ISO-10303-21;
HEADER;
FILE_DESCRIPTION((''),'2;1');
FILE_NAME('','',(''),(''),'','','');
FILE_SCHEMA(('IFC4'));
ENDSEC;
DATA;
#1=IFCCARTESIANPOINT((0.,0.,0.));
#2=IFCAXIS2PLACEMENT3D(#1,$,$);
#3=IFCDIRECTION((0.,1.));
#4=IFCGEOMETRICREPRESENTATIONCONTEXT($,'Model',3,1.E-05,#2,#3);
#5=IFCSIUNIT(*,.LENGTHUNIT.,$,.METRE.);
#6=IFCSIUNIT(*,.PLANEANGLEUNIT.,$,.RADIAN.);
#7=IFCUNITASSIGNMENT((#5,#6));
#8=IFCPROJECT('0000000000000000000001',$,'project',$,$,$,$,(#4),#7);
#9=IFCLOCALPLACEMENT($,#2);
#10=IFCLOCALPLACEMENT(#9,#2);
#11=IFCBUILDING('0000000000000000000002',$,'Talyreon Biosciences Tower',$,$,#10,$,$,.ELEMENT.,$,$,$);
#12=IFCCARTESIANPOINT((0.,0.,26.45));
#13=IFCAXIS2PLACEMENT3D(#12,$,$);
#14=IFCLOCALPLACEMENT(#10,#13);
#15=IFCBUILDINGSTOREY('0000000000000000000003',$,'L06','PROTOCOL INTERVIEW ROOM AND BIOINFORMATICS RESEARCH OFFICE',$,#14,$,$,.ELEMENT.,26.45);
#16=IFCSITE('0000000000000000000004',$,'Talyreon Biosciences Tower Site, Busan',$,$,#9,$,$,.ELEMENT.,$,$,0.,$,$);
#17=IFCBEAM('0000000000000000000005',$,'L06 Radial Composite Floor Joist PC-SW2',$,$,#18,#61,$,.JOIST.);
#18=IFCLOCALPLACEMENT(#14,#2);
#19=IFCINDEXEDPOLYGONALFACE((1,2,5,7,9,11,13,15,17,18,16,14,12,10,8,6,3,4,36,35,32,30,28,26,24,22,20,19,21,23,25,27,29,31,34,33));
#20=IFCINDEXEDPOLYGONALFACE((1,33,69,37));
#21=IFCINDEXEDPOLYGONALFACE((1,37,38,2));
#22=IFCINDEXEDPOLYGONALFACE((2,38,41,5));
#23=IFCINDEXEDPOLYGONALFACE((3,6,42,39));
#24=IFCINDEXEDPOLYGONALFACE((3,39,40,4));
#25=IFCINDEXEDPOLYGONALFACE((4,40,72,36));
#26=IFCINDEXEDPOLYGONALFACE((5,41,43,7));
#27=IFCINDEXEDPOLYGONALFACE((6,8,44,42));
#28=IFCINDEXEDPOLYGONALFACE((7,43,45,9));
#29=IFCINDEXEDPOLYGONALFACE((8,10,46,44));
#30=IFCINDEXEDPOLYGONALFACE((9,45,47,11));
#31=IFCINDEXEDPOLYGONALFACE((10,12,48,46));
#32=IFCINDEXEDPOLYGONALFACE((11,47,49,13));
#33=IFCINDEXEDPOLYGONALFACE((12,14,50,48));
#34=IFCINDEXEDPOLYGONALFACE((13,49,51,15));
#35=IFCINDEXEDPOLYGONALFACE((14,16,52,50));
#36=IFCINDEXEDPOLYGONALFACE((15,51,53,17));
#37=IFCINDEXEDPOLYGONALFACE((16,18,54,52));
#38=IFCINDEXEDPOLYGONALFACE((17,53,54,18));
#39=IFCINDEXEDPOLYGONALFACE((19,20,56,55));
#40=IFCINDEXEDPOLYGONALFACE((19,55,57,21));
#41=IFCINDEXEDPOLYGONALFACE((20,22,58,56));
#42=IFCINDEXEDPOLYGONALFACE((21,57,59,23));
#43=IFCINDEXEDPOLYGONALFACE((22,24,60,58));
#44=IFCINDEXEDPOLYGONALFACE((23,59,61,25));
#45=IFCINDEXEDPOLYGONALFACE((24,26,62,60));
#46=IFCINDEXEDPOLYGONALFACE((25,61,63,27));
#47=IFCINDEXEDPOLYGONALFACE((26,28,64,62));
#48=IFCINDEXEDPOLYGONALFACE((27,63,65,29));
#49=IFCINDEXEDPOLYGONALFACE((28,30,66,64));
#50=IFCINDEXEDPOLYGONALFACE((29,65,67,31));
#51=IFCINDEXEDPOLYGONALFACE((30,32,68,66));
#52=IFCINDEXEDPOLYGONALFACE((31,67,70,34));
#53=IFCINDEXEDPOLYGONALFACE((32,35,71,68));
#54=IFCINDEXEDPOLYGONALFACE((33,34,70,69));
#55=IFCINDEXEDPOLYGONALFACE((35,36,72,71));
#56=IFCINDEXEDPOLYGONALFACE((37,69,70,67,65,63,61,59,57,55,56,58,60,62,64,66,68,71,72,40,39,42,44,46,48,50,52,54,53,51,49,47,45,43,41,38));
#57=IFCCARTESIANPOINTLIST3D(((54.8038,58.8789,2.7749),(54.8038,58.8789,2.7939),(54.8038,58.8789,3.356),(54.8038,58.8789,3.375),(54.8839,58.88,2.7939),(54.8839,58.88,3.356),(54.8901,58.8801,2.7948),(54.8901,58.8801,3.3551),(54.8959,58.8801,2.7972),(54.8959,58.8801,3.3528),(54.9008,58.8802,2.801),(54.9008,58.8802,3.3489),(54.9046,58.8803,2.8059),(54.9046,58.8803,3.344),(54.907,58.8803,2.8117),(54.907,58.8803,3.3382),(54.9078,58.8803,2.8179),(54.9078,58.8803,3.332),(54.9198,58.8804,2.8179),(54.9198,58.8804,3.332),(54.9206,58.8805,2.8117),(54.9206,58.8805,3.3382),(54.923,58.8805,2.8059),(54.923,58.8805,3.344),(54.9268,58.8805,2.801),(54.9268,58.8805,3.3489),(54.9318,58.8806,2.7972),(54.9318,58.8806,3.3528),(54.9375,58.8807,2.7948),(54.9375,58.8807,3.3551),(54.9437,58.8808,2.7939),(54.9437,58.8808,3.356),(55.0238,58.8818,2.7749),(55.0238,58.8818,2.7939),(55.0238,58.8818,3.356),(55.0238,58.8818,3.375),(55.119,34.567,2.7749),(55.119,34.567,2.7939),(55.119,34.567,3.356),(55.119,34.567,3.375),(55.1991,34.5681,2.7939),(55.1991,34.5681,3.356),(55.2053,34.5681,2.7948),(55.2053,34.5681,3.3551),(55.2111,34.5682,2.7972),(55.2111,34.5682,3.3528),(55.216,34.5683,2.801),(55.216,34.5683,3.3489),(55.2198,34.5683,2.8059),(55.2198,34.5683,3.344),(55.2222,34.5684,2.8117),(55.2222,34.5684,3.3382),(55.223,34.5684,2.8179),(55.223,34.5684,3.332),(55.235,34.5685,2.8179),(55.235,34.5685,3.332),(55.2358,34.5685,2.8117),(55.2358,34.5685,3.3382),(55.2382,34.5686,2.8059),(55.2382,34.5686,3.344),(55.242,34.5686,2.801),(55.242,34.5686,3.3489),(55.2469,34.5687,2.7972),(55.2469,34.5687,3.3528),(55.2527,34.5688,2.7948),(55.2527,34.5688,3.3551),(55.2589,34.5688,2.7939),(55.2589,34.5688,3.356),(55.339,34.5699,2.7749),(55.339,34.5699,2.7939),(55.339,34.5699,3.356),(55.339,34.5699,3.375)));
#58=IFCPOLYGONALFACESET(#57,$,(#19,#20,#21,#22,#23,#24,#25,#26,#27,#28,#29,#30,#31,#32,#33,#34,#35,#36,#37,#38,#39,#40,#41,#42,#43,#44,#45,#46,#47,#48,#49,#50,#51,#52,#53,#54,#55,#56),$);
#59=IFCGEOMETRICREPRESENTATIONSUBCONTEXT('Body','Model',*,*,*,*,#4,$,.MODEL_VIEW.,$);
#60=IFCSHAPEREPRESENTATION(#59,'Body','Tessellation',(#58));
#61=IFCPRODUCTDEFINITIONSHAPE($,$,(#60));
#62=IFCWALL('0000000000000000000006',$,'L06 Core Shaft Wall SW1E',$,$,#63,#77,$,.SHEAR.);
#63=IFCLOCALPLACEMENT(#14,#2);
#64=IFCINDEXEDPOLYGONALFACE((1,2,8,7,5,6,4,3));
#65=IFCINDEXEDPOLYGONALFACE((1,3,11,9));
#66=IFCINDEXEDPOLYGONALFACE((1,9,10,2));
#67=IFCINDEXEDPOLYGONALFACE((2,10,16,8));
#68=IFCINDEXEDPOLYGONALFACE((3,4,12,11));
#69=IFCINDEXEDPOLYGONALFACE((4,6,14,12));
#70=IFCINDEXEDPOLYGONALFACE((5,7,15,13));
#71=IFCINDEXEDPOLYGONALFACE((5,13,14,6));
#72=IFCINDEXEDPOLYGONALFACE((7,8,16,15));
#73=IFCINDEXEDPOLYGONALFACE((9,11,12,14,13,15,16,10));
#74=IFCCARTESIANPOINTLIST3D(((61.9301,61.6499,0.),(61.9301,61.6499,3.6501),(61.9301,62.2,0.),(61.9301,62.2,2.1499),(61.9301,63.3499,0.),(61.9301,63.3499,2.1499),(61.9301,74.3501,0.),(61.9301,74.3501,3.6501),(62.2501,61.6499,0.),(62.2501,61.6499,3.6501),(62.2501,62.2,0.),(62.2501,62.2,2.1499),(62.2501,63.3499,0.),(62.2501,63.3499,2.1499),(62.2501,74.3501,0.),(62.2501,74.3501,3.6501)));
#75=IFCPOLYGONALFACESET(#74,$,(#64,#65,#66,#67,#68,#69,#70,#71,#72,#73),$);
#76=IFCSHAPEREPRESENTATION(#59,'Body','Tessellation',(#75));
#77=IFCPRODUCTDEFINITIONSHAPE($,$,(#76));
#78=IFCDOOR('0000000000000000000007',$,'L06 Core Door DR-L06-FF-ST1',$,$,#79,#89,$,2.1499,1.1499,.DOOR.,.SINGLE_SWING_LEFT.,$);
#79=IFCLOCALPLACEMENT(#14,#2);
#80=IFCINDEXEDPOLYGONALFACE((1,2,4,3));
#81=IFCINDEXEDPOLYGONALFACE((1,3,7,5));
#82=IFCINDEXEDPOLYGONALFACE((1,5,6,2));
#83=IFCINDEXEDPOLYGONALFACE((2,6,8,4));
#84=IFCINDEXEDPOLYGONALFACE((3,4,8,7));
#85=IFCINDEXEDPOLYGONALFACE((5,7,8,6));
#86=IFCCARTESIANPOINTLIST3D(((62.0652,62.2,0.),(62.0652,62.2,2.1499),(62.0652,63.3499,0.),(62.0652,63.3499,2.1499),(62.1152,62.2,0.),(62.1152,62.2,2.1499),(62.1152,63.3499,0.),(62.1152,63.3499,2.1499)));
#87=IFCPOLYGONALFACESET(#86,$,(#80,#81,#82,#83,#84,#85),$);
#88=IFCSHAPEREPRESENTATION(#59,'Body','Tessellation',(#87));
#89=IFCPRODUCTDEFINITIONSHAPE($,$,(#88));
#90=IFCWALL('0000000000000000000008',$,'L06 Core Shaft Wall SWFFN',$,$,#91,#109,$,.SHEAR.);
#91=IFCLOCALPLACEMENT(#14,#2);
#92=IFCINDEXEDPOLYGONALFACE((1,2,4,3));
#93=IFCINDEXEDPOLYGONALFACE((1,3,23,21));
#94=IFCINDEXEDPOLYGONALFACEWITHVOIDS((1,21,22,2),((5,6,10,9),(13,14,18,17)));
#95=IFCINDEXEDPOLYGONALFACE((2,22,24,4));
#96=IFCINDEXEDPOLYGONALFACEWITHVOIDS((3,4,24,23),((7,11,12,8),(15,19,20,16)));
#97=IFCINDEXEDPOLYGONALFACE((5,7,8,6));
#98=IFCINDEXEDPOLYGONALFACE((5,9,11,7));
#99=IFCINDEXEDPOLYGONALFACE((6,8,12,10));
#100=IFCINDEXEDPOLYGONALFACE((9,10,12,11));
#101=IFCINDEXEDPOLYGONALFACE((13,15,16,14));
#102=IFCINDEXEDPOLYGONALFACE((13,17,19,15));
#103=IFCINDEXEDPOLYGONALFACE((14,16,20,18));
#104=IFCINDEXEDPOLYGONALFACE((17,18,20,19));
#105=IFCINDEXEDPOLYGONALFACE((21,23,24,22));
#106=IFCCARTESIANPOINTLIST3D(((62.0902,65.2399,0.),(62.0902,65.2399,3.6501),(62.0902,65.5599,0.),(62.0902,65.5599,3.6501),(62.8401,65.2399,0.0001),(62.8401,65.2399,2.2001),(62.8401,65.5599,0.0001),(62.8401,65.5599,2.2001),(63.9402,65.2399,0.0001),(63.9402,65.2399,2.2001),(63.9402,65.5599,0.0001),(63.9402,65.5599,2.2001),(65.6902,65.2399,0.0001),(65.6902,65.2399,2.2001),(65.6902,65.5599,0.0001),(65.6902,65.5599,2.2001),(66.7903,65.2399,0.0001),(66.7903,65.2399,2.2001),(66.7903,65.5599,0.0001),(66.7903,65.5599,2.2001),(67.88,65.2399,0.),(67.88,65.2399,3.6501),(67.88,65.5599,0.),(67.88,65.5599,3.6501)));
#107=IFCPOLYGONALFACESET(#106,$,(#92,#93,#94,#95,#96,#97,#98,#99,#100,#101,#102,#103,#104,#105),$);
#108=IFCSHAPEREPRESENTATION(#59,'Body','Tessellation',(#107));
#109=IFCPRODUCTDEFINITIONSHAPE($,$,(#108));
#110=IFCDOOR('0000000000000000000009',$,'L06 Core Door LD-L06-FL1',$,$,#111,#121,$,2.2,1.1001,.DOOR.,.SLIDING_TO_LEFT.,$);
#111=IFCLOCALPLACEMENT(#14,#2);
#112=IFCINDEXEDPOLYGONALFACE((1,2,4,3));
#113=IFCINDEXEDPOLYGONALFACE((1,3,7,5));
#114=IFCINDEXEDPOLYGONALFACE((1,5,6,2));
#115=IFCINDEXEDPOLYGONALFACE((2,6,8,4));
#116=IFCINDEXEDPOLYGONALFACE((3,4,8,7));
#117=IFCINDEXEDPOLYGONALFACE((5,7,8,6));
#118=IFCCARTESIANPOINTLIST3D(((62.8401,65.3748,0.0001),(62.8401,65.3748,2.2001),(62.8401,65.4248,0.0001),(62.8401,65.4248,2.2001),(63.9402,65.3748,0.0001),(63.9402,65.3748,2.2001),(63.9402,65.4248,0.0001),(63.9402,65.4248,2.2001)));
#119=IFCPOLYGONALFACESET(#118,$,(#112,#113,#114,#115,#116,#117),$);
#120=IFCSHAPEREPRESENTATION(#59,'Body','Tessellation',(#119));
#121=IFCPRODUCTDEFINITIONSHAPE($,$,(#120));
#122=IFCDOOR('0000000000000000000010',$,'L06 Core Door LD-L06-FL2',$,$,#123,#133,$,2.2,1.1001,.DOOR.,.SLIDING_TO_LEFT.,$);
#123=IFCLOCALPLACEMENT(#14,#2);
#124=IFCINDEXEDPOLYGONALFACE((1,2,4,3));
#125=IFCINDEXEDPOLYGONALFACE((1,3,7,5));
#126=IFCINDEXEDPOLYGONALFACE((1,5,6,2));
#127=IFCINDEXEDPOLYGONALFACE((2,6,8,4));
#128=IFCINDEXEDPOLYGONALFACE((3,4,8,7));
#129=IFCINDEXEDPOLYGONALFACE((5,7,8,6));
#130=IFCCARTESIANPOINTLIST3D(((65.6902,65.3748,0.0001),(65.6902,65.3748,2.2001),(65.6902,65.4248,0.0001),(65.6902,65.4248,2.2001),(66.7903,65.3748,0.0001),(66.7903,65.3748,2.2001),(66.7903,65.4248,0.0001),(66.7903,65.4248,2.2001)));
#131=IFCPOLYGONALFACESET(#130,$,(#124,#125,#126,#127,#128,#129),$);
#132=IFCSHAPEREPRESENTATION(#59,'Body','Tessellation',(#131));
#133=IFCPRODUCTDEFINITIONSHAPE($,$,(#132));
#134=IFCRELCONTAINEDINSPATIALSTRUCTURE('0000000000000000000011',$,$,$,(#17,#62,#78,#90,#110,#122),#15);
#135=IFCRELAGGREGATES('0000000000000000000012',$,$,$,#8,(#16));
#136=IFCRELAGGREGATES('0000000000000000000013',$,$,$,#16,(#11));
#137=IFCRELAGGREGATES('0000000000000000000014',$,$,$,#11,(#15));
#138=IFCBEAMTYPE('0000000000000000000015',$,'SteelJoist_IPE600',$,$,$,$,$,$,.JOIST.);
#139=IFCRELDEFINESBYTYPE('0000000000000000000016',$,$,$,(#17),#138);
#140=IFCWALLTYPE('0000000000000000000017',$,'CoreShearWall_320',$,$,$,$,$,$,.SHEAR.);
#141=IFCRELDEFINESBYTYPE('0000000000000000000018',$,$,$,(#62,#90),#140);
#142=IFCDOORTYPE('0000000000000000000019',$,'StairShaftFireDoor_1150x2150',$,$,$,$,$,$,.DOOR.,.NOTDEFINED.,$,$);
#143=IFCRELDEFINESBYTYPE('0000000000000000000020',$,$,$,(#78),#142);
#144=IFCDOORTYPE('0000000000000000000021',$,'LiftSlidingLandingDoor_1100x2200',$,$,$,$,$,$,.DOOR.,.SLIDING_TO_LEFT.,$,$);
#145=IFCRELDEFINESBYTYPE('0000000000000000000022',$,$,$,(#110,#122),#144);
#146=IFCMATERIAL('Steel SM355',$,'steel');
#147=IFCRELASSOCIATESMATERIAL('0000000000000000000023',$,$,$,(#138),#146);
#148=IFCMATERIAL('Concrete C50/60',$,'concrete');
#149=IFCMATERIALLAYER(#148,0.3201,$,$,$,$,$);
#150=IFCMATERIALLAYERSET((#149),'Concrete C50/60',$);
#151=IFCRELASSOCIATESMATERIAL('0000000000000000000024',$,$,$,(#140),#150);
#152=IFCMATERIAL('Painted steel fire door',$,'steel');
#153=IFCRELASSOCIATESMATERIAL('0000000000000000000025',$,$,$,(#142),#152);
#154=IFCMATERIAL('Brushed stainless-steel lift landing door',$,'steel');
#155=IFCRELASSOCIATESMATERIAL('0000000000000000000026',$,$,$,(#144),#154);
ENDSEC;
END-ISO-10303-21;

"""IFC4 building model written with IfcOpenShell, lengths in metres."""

from ifc_helpers import new_model, si_unit, direction, frame, frame_2d, origin, origin_2d, place, context, subcontext, project, spatial, rectangle, i_section, extrude, material, layer, layer_set, material_profile, profile_set, type_object, element, fill, save


model = new_model("IFC4")

# Units and contexts
model_context = context("Model", 3, precision=1e-05, world=origin(), true_north=direction((0.0, 1.0)))
body_context = subcontext(model_context, "Body", "Model", "MODEL_VIEW")
ifc_project = project(units=[si_unit("LENGTHUNIT", "METRE"), si_unit("PLANEANGLEUNIT", "RADIAN")], contexts=[model_context])

# Site, building, storey
site_placement = place(None, origin())
site = spatial("IfcSite", under=ifc_project, at=site_placement, Name="Talyreon Biosciences Tower Site, Busan", CompositionType="ELEMENT", RefElevation=0.0)
building_placement = place(site_placement, origin())
building = spatial("IfcBuilding", under=site, at=building_placement, Name="Talyreon Biosciences Tower", CompositionType="ELEMENT")
storey_placement = place(building_placement, frame((0.0, 0.0, 26.45)))
storey = spatial("IfcBuildingStorey", under=building, at=storey_placement, Name="L06", Description="PROTOCOL INTERVIEW ROOM AND BIOINFORMATICS RESEARCH OFFICE", CompositionType="ELEMENT", Elevation=26.45)

# Beam
ifc_material_1 = material(Name="Steel SM355", Category="steel")
ifc_material_profile_1 = material_profile(ifc_material_1, i_section(OverallWidth=0.22, OverallDepth=0.6001, WebThickness=0.012, FlangeThickness=0.019, FilletRadius=0.0239, at=origin_2d()), Name="IPE600")
ifc_profile_set_1 = profile_set([ifc_material_profile_1], Name="Steel SM355")
beam_type_1 = type_object("IfcBeamType", Name="SteelJoist_IPE600", PredefinedType="JOIST", material=ifc_profile_set_1)
beam_1_placement = place(storey_placement, frame((54.9138, 58.8804, 3.075), z_axis=(0.012963, -0.999916, 0.0), x_axis=(0.999916, 0.012963, 0.0)))
element("IfcBeam", 1, at=beam_1_placement, inside=storey, type_object=beam_type_1, Name="L06 Radial Composite Floor Joist PC-SW2", PredefinedType="JOIST", context=body_context, shape_type="SweptSolid", body=[
    extrude(i_section(OverallWidth=0.22, OverallDepth=0.6001, WebThickness=0.012, FlangeThickness=0.019, FilletRadius=0.0239, at=origin_2d()), origin(), (0.0, 0.0, 1.0), 24.314),
])

# Wall, opening, door
ifc_material_2 = material(Name="Concrete C50/60", Category="concrete")
ifc_layer_1 = layer(ifc_material_2, 0.3201)
ifc_layer_set_1 = layer_set([ifc_layer_1], Name="Concrete C50/60")
wall_type_1 = type_object("IfcWallType", Name="CoreShearWall_320", PredefinedType="SHEAR", material=ifc_layer_set_1)
wall_1_placement = place(storey_placement, frame((62.0901, 61.6499, 0.0), z_axis=(0.0, 0.0, 1.0), x_axis=(0.0, 1.0, 0.0)))
wall_1 = element("IfcWall", 2, at=wall_1_placement, inside=storey, type_object=wall_type_1, Name="L06 Core Shaft Wall SW1E", PredefinedType="SHEAR", context=body_context, shape_type="SweptSolid", body=[
    extrude(rectangle(XDim=12.7002, YDim=0.3201, at=frame_2d((6.3501, 0.0))), origin(), (0.0, 0.0, 1.0), 3.6501),
])
opening_1_placement = place(wall_1_placement, frame((0.55, 0.0, 0.0)))
opening_1 = element("IfcOpeningElement", 3, at=opening_1_placement, cuts=wall_1, PredefinedType="OPENING", context=body_context, shape_type="SweptSolid", body=[
    extrude(rectangle(XDim=1.1499, YDim=2.1499, at=frame_2d((0.575, 1.075))), frame((0.0, 0.1699, 0.0), z_axis=(0.0, -1.0, 0.0), x_axis=(1.0, 0.0, 0.0)), (0.0, 0.0, 1.0), 0.3401),
])
ifc_material_3 = material(Name="Painted steel fire door", Category="steel")
door_type_1 = type_object("IfcDoorType", Name="StairShaftFireDoor_1150x2150", OperationType="NOTDEFINED", PredefinedType="DOOR", material=ifc_material_3)
door_1_placement = place(opening_1_placement, origin())
door_1 = element("IfcDoor", 4, at=door_1_placement, inside=storey, type_object=door_type_1, Name="L06 Core Door DR-L06-FF-ST1", OperationType="SINGLE_SWING_LEFT", OverallHeight=2.1499, OverallWidth=1.1499, PredefinedType="DOOR", context=body_context, shape_type="SweptSolid", body=[
    extrude(rectangle(XDim=1.1499, YDim=2.1499, at=frame_2d((0.575, 1.075))), frame((0.0, 0.0249, 0.0), z_axis=(0.0, -1.0, 0.0), x_axis=(1.0, 0.0, 0.0)), (0.0, 0.0, 1.0), 0.05),
])
fill(opening_1, door_1)

# Wall, openings, doors
wall_2_placement = place(storey_placement, frame((62.0901, 65.3999, 0.0), z_axis=(0.0, 0.0, 1.0), x_axis=(1.0, 0.0, 0.0)))
wall_2 = element("IfcWall", 5, at=wall_2_placement, inside=storey, type_object=wall_type_1, Name="L06 Core Shaft Wall SWFFN", PredefinedType="SHEAR", context=body_context, shape_type="SweptSolid", body=[
    extrude(rectangle(XDim=5.7898, YDim=0.3201, at=frame_2d((2.895, 0.0))), origin(), (0.0, 0.0, 1.0), 3.6501),
])
opening_2_placement = place(wall_2_placement, frame((0.75, 0.0, 0.0)))
opening_2 = element("IfcOpeningElement", 6, at=opening_2_placement, cuts=wall_2, PredefinedType="OPENING", context=body_context, shape_type="SweptSolid", body=[
    extrude(rectangle(XDim=1.1001, YDim=2.2, at=frame_2d((0.55, 1.1001))), frame((0.0, 0.1699, 0.0), z_axis=(0.0, -1.0, 0.0), x_axis=(1.0, 0.0, 0.0)), (0.0, 0.0, 1.0), 0.3401),
])
opening_3_placement = place(wall_2_placement, frame((3.6001, 0.0, 0.0)))
opening_3 = element("IfcOpeningElement", 7, at=opening_3_placement, cuts=wall_2, PredefinedType="OPENING", context=body_context, shape_type="SweptSolid", body=[
    extrude(rectangle(XDim=1.1001, YDim=2.2, at=frame_2d((0.55, 1.1001))), frame((0.0, 0.1699, 0.0), z_axis=(0.0, -1.0, 0.0), x_axis=(1.0, 0.0, 0.0)), (0.0, 0.0, 1.0), 0.3401),
])
ifc_material_4 = material(Name="Brushed stainless-steel lift landing door", Category="steel")
door_type_2 = type_object("IfcDoorType", Name="LiftSlidingLandingDoor_1100x2200", OperationType="SLIDING_TO_LEFT", PredefinedType="DOOR", material=ifc_material_4)
door_2_placement = place(opening_2_placement, origin())
door_2 = element("IfcDoor", 8, at=door_2_placement, inside=storey, type_object=door_type_2, Name="L06 Core Door LD-L06-FL1", OperationType="SLIDING_TO_LEFT", OverallHeight=2.2, OverallWidth=1.1001, PredefinedType="DOOR", context=body_context, shape_type="SweptSolid", body=[
    extrude(rectangle(XDim=1.1001, YDim=2.2, at=frame_2d((0.55, 1.1001))), frame((0.0, 0.0249, 0.0), z_axis=(0.0, -1.0, 0.0), x_axis=(1.0, 0.0, 0.0)), (0.0, 0.0, 1.0), 0.05),
])
fill(opening_2, door_2)
door_3_placement = place(opening_3_placement, origin())
door_3 = element("IfcDoor", 9, at=door_3_placement, inside=storey, type_object=door_type_2, Name="L06 Core Door LD-L06-FL2", OperationType="SLIDING_TO_LEFT", OverallHeight=2.2, OverallWidth=1.1001, PredefinedType="DOOR", context=body_context, shape_type="SweptSolid", body=[
    extrude(rectangle(XDim=1.1001, YDim=2.2, at=frame_2d((0.55, 1.1001))), frame((0.0, 0.0249, 0.0), z_axis=(0.0, -1.0, 0.0), x_axis=(1.0, 0.0, 0.0)), (0.0, 0.0, 1.0), 0.05),
])
fill(opening_3, door_3)

save(model, "model.ifc")
